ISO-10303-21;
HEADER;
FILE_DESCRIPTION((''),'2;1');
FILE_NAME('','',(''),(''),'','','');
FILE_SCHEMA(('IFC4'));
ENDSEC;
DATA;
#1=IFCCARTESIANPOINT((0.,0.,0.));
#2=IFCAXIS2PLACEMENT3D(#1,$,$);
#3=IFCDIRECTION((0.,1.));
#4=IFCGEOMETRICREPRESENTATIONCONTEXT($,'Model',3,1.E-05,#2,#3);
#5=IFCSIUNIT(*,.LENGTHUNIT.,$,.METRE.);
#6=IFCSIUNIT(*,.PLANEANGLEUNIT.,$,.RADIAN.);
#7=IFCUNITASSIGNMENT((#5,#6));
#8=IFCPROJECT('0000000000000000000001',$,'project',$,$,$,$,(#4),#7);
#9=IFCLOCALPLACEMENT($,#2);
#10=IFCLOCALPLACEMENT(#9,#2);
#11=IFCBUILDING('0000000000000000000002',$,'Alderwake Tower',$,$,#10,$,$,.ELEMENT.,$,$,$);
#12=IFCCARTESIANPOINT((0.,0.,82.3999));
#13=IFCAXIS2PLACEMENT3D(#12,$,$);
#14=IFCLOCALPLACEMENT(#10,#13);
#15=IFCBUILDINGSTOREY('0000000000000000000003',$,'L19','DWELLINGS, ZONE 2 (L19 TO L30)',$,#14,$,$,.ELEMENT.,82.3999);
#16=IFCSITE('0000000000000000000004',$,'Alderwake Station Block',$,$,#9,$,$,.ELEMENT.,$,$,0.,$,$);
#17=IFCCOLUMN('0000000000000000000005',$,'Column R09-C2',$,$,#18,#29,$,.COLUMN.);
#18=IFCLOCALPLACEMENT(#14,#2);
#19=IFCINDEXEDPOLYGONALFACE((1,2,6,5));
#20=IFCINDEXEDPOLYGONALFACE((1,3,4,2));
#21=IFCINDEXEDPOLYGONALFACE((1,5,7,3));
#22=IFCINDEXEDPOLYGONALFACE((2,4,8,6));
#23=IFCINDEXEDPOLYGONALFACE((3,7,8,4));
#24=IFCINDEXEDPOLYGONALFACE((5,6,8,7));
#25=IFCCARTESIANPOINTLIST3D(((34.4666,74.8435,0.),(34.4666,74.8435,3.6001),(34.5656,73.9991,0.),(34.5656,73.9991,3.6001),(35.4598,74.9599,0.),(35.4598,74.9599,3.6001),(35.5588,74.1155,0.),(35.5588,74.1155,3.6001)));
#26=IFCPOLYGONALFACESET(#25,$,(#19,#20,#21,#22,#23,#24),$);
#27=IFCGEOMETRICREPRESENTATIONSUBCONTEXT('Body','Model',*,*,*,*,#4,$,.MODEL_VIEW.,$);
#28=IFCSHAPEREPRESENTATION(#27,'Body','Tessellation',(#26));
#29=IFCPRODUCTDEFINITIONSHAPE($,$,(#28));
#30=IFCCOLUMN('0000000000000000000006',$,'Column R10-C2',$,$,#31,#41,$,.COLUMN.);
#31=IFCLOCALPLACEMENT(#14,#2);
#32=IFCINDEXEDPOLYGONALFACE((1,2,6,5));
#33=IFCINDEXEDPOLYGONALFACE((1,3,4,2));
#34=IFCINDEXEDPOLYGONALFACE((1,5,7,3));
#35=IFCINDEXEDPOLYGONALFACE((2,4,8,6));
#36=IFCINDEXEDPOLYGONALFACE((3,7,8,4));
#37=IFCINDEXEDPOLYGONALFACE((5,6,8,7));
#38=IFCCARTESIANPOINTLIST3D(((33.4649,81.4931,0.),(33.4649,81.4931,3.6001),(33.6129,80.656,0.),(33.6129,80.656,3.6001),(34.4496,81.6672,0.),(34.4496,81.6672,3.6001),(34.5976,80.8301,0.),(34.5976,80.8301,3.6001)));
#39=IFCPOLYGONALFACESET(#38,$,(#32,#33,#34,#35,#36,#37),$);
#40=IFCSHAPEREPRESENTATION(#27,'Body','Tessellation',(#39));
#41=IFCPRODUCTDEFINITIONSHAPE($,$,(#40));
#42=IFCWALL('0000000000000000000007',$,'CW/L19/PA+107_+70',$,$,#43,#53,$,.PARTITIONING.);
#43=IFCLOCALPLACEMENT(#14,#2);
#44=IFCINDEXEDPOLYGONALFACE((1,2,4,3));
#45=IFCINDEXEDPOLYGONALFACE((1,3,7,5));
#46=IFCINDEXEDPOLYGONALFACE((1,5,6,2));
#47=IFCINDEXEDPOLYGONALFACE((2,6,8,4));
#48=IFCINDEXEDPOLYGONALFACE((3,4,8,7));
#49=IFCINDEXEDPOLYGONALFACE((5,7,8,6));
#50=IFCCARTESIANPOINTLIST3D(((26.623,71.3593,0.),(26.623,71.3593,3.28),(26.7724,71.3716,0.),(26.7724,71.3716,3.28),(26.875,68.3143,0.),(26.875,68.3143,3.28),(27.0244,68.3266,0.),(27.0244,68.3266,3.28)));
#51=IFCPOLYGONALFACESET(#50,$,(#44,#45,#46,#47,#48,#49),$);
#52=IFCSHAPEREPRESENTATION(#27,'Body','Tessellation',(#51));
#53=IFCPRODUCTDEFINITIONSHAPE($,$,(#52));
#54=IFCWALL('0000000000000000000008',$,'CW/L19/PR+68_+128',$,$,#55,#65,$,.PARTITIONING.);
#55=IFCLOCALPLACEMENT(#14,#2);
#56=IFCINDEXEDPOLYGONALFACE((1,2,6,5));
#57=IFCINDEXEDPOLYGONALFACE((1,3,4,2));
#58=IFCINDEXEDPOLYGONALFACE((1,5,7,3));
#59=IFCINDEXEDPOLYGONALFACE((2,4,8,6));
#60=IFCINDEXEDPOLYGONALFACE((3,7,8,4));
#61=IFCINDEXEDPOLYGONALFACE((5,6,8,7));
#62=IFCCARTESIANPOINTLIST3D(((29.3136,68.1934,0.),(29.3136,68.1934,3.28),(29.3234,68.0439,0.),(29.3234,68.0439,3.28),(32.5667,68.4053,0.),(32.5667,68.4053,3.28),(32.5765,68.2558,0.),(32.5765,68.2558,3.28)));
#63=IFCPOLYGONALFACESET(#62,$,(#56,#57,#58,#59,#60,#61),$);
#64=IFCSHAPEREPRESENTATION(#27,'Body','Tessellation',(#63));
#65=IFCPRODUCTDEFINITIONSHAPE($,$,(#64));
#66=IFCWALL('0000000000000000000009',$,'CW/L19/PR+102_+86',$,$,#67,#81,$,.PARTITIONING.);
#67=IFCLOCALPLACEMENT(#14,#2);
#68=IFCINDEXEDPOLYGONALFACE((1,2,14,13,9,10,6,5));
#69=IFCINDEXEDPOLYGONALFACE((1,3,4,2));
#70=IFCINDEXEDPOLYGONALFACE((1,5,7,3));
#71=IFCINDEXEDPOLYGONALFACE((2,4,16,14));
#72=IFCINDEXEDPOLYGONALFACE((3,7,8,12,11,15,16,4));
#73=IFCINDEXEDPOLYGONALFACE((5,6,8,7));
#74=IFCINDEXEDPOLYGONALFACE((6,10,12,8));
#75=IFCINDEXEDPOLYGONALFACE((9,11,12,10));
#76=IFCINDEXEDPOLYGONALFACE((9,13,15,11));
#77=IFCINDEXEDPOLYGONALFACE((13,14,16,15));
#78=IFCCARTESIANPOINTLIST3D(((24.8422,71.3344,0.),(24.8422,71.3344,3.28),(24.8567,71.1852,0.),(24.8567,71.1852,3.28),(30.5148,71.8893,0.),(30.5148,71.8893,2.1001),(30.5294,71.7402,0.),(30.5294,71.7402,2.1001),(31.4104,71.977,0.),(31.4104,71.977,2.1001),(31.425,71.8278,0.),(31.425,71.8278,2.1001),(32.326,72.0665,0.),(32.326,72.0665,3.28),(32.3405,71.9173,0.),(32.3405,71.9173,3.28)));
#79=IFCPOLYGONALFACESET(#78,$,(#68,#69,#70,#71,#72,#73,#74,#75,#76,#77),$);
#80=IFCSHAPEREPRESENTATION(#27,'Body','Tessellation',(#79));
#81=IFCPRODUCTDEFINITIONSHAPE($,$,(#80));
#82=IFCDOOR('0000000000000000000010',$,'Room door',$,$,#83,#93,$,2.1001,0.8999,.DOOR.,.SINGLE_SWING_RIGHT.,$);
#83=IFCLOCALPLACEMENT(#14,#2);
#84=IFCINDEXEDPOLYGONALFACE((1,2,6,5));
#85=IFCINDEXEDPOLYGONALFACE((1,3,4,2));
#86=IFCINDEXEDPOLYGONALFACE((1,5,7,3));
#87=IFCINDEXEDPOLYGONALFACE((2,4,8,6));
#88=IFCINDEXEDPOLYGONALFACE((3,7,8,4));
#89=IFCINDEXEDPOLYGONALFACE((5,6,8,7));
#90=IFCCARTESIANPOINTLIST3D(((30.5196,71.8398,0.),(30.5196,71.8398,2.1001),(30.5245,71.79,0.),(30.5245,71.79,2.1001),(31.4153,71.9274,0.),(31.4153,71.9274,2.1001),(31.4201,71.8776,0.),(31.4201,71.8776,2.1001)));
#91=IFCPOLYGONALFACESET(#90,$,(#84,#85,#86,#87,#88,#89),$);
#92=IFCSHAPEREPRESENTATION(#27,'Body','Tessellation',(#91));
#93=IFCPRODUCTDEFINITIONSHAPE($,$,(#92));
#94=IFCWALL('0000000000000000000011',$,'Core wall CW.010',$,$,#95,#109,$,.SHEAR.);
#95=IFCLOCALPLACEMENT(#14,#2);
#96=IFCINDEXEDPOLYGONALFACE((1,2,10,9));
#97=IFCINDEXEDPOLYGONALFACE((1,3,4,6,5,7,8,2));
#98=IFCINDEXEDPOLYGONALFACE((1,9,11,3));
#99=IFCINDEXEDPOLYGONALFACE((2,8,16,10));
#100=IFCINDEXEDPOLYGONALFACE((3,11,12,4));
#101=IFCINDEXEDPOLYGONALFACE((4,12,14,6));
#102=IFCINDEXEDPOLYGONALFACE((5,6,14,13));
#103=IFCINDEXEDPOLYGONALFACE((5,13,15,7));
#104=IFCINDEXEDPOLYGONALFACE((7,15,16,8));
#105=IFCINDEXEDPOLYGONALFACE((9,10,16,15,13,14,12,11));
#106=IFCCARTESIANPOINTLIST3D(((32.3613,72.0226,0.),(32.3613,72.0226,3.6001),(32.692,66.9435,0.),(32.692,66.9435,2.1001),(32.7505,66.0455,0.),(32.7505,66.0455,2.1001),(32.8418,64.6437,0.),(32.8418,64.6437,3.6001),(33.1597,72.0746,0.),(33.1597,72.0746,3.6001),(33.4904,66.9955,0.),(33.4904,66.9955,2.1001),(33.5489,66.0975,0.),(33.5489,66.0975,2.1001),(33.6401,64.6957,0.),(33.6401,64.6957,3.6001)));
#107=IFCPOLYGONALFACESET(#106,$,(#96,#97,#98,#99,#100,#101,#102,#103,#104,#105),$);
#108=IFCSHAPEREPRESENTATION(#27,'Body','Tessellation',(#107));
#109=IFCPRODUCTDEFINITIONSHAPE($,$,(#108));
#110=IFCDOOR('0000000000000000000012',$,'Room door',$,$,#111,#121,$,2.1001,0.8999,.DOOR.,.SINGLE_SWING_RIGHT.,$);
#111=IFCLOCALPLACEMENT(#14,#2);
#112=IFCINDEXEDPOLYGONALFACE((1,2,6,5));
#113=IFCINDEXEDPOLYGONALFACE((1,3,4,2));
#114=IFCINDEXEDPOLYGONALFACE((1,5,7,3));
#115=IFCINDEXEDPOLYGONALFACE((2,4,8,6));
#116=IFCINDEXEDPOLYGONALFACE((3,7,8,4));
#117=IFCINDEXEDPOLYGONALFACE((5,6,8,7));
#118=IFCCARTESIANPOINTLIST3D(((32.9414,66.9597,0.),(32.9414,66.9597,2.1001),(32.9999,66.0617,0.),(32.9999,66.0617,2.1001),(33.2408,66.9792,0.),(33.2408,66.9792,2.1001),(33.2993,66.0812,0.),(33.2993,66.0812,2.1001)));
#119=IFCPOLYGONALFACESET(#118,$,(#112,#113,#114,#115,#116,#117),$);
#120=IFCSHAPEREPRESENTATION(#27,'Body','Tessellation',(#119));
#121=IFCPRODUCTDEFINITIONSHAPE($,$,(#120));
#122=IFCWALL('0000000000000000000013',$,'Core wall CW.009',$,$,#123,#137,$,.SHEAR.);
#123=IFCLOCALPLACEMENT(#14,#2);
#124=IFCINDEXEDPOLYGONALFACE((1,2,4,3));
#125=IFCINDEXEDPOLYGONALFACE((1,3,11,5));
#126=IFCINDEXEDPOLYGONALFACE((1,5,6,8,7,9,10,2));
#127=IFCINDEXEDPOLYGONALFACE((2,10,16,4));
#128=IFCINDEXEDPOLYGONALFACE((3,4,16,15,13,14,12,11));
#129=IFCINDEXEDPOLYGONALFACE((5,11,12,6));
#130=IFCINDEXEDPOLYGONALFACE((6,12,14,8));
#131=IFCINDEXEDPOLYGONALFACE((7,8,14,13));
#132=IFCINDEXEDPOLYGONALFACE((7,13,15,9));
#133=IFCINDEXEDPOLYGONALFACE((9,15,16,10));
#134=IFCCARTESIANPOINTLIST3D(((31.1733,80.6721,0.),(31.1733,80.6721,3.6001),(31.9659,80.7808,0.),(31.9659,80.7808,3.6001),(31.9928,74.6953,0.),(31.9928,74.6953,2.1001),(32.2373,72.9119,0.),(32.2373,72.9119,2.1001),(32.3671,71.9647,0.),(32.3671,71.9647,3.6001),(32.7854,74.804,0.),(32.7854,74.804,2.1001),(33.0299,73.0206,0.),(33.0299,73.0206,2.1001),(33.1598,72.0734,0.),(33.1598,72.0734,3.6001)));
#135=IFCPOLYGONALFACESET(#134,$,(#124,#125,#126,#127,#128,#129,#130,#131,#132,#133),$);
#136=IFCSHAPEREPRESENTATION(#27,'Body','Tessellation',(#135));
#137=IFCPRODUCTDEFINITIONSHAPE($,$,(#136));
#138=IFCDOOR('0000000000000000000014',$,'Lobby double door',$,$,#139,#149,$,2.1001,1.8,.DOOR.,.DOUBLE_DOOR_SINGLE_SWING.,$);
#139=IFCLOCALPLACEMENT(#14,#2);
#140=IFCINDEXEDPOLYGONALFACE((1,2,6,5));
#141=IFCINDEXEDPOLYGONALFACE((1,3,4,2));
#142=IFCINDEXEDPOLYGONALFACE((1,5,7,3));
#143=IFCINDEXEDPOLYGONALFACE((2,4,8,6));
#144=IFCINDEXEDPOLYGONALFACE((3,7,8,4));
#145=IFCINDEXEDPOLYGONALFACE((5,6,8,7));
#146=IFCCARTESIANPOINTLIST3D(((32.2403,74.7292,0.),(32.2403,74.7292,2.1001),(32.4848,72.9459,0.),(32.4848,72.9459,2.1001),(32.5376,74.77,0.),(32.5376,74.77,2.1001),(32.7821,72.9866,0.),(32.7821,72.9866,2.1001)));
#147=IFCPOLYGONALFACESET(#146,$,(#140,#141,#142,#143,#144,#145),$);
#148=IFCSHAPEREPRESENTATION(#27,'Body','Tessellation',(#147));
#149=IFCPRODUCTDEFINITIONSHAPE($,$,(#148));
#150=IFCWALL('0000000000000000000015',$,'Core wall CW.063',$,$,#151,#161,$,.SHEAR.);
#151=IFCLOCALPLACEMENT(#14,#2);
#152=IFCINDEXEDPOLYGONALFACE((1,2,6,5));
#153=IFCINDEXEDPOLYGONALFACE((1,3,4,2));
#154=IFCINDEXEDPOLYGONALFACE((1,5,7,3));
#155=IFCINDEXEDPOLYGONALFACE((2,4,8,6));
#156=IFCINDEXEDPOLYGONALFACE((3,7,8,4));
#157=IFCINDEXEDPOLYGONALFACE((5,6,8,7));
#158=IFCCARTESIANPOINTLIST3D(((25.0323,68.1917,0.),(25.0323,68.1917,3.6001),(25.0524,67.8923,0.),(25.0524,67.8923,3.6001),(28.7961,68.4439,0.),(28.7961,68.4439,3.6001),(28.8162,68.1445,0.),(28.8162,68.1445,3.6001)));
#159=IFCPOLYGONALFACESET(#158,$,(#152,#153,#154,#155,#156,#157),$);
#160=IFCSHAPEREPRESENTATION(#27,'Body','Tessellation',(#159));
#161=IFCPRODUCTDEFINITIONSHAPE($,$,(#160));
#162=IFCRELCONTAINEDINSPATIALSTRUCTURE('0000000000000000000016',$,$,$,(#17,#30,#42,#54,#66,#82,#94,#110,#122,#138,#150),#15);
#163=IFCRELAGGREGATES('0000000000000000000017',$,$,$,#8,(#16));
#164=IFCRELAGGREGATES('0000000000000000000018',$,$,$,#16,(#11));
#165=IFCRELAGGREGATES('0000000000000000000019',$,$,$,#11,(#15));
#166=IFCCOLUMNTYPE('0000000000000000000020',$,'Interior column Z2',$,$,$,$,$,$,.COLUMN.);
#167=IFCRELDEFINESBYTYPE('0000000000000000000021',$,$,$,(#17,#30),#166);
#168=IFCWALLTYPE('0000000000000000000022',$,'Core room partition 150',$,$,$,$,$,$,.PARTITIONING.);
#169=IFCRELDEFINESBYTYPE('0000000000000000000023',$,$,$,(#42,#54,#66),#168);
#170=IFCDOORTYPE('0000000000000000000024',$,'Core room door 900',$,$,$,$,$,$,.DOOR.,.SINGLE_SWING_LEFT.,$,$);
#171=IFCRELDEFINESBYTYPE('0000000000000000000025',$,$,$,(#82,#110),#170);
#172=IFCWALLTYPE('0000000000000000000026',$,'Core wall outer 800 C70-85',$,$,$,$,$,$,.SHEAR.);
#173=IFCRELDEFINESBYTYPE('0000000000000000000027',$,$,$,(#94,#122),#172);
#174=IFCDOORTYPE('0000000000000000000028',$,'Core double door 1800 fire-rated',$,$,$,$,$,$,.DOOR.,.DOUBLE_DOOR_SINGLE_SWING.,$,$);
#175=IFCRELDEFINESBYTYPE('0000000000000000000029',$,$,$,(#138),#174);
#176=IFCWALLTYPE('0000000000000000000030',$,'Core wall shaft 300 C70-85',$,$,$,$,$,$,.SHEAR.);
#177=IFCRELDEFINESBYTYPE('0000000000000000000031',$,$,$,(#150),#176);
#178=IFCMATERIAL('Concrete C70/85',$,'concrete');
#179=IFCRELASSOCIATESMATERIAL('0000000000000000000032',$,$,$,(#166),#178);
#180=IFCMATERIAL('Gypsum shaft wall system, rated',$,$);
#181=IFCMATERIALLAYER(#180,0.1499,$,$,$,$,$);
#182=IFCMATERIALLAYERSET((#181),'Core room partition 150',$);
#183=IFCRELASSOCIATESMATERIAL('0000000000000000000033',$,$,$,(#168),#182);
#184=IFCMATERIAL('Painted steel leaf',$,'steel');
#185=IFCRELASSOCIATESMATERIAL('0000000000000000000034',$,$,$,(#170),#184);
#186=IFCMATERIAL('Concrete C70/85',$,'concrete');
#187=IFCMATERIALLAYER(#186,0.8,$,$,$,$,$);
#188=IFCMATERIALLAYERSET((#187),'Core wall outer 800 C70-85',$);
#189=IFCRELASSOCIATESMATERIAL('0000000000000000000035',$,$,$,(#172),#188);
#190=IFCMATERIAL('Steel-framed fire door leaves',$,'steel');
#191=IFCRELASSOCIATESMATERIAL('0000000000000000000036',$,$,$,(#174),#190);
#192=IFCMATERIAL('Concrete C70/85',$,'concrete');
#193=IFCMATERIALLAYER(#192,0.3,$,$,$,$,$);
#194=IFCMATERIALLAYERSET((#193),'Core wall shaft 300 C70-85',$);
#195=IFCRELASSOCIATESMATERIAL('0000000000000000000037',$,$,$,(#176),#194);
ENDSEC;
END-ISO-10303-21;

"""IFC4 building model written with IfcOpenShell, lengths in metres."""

from ifc_helpers import new_model, si_unit, direction, frame, frame_2d, origin, origin_2d, place, context, subcontext, project, spatial, rectangle, extrude, material, layer, layer_set, material_profile, profile_set, type_object, element, fill, save


model = new_model("IFC4")

# Units and contexts
model_context = context("Model", 3, precision=1e-05, world=origin(), true_north=direction((0.0, 1.0)))
body_context = subcontext(model_context, "Body", "Model", "MODEL_VIEW")
ifc_project = project(units=[si_unit("LENGTHUNIT", "METRE"), si_unit("PLANEANGLEUNIT", "RADIAN")], contexts=[model_context])

# Site, building, storey
site_placement = place(None, origin())
site = spatial("IfcSite", under=ifc_project, at=site_placement, Name="Alderwake Station Block", CompositionType="ELEMENT", RefElevation=0.0)
building_placement = place(site_placement, origin())
building = spatial("IfcBuilding", under=site, at=building_placement, Name="Alderwake Tower", CompositionType="ELEMENT")
storey_placement = place(building_placement, frame((0.0, 0.0, 82.3999)))
storey = spatial("IfcBuildingStorey", under=building, at=storey_placement, Name="L19", Description="DWELLINGS, ZONE 2 (L19 TO L30)", CompositionType="ELEMENT", Elevation=82.3999)

# Columns
ifc_material_1 = material(Name="Concrete C70/85", Category="concrete")
ifc_material_profile = material_profile(ifc_material_1, rectangle(XDim=0.8501, YDim=1.0, at=origin_2d()), Name="RC 1000X850")
ifc_profile_set = profile_set([ifc_material_profile], Name="Concrete C70/85")
column_type = type_object("IfcColumnType", Name="Interior column Z2", PredefinedType="COLUMN", material=ifc_profile_set)
for number, where, z_axis, x_axis, name in (
    (1, (35.0127, 74.4795, 0.0), (0.0, 0.0, 1.0), (-0.116402, 0.993202, 0.0), "Column R09-C2"),
    (2, (34.0312, 81.1616, 0.0), (0.0, 0.0, 1.0), (-0.174109, 0.984726, 0.0), "Column R10-C2"),
):
    element("IfcColumn", number, at=place(storey_placement, frame(where, z_axis=z_axis, x_axis=x_axis)), inside=storey, type_object=column_type, Name=name, PredefinedType="COLUMN", context=body_context, shape_type="SweptSolid", body=[
        extrude(rectangle(XDim=0.8501, YDim=1.0, at=origin_2d()), origin(), (0.0, 0.0, 1.0), 3.6001),
    ])

# Walls
ifc_material_2 = material(Name="Gypsum shaft wall system, rated")
ifc_layer_1 = layer(ifc_material_2, 0.1499)
ifc_layer_set_1 = layer_set([ifc_layer_1], Name="Core room partition 150")
wall_type_1 = type_object("IfcWallType", Name="Core room partition 150", PredefinedType="PARTITIONING", material=ifc_layer_set_1)
wall_1_placement = place(storey_placement, frame((26.9497, 68.3203, 0.0), z_axis=(0.0, 0.0, 1.0), x_axis=(-0.082464, 0.996594, 0.0)))
element("IfcWall", 3, at=wall_1_placement, inside=storey, type_object=wall_type_1, Name="CW/L19/PA+107_+70", PredefinedType="PARTITIONING", context=body_context, shape_type="SweptSolid", body=[
    extrude(rectangle(XDim=3.0554, YDim=0.1499, at=frame_2d((1.5278, 0.0))), origin(), (0.0, 0.0, 1.0), 3.28),
])
wall_2_placement = place(storey_placement, frame((29.3186, 68.1187, 0.0), z_axis=(0.0, 0.0, 1.0), x_axis=(0.997885, 0.065003, 0.0)))
element("IfcWall", 4, at=wall_2_placement, inside=storey, type_object=wall_type_1, Name="CW/L19/PR+68_+128", PredefinedType="PARTITIONING", context=body_context, shape_type="SweptSolid", body=[
    extrude(rectangle(XDim=3.26, YDim=0.1499, at=frame_2d((1.6299, 0.0))), origin(), (0.0, 0.0, 1.0), 3.28),
])

# Walls, openings, doors
wall_3_placement = place(storey_placement, frame((32.3333, 71.9919, 0.0), z_axis=(0.0, 0.0, 1.0), x_axis=(-0.995248, -0.097369, 0.0)))
wall_3 = element("IfcWall", 5, at=wall_3_placement, inside=storey, type_object=wall_type_1, Name="CW/L19/PR+102_+86", PredefinedType="PARTITIONING", context=body_context, shape_type="SweptSolid", body=[
    extrude(rectangle(XDim=7.5195, YDim=0.1499, at=frame_2d((3.7598, 0.0))), origin(), (0.0, 0.0, 1.0), 3.28),
])
opening_1_placement = place(wall_3_placement, frame((0.9199, 0.0, 0.0)))
opening_1 = element("IfcOpeningElement", 6, at=opening_1_placement, cuts=wall_3, PredefinedType="OPENING", context=body_context, shape_type="SweptSolid", body=[
    extrude(rectangle(XDim=0.8999, YDim=2.1001, at=frame_2d((0.45, 1.05))), frame((0.0, 0.085, 0.0), z_axis=(0.0, -1.0, 0.0), x_axis=(1.0, 0.0, 0.0)), (0.0, 0.0, 1.0), 0.1699),
])
ifc_material_3 = material(Name="Painted steel leaf", Category="steel")
door_type_1 = type_object("IfcDoorType", Name="Core room door 900", OperationType="SINGLE_SWING_LEFT", PredefinedType="DOOR", material=ifc_material_3)
door_1_placement = place(opening_1_placement, origin())
door_1 = element("IfcDoor", 7, at=door_1_placement, inside=storey, type_object=door_type_1, Name="Room door", OperationType="SINGLE_SWING_RIGHT", OverallHeight=2.1001, OverallWidth=0.8999, PredefinedType="DOOR", context=body_context, shape_type="SweptSolid", body=[
    extrude(rectangle(XDim=0.8999, YDim=2.1001, at=frame_2d((0.45, 1.05))), frame((0.0, 0.0249, 0.0), z_axis=(0.0, -1.0, 0.0), x_axis=(1.0, 0.0, 0.0)), (0.0, 0.0, 1.0), 0.05),
])
fill(opening_1, door_1)
ifc_material_4 = material(Name="Concrete C70/85", Category="concrete")
ifc_layer_2 = layer(ifc_material_4, 0.8)
ifc_layer_set_2 = layer_set([ifc_layer_2], Name="Core wall outer 800 C70-85")
wall_type_2 = type_object("IfcWallType", Name="Core wall outer 800 C70-85", PredefinedType="SHEAR", material=ifc_layer_set_2)
wall_4_placement = place(storey_placement, frame((32.7605, 72.0486, 0.0), z_axis=(0.0, 0.0, 1.0), x_axis=(0.064976, -0.997887, 0.0)))
wall_4 = element("IfcWall", 8, at=wall_4_placement, inside=storey, type_object=wall_type_2, Name="Core wall CW.010", PredefinedType="SHEAR", context=body_context, shape_type="SweptSolid", body=[
    extrude(rectangle(XDim=7.3945, YDim=0.8, at=frame_2d((3.6973, 0.0))), origin(), (0.0, 0.0, 1.0), 3.6001),
])
opening_2_placement = place(wall_4_placement, frame((5.0898, 0.0, 0.0)))
opening_2 = element("IfcOpeningElement", 9, at=opening_2_placement, cuts=wall_4, PredefinedType="OPENING", context=body_context, shape_type="SweptSolid", body=[
    extrude(rectangle(XDim=0.8999, YDim=2.1001, at=frame_2d((0.45, 1.05))), frame((0.0, 0.4099, 0.0), z_axis=(0.0, -1.0, 0.0), x_axis=(1.0, 0.0, 0.0)), (0.0, 0.0, 1.0), 0.8201),
])
door_2_placement = place(opening_2_placement, origin())
door_2 = element("IfcDoor", 10, at=door_2_placement, inside=storey, type_object=door_type_1, Name="Room door", OperationType="SINGLE_SWING_RIGHT", OverallHeight=2.1001, OverallWidth=0.8999, PredefinedType="DOOR", context=body_context, shape_type="SweptSolid", body=[
    extrude(rectangle(XDim=0.8999, YDim=2.1001, at=frame_2d((0.45, 1.05))), frame((0.0, 0.1499, 0.0), z_axis=(0.0, -1.0, 0.0), x_axis=(1.0, 0.0, 0.0)), (0.0, 0.0, 1.0), 0.3),
])
fill(opening_2, door_2)
wall_5_placement = place(storey_placement, frame((31.5696, 80.7266, 0.0), z_axis=(0.0, 0.0, 1.0), x_axis=(0.135838, -0.990731, 0.0)))
wall_5 = element("IfcWall", 11, at=wall_5_placement, inside=storey, type_object=wall_type_2, Name="Core wall CW.009", PredefinedType="SHEAR", context=body_context, shape_type="SweptSolid", body=[
    extrude(rectangle(XDim=8.7888, YDim=0.8, at=frame_2d((4.3945, 0.0))), origin(), (0.0, 0.0, 1.0), 3.6001),
])
opening_3_placement = place(wall_5_placement, frame((6.033, 0.0, 0.0)))
opening_3 = element("IfcOpeningElement", 12, at=opening_3_placement, cuts=wall_5, PredefinedType="OPENING", context=body_context, shape_type="SweptSolid", body=[
    extrude(rectangle(XDim=1.8, YDim=2.1001, at=frame_2d((0.8999, 1.05))), frame((0.0, 0.4099, 0.0), z_axis=(0.0, -1.0, 0.0), x_axis=(1.0, 0.0, 0.0)), (0.0, 0.0, 1.0), 0.8201),
])
ifc_material_5 = material(Name="Steel-framed fire door leaves", Category="steel")
door_type_2 = type_object("IfcDoorType", Name="Core double door 1800 fire-rated", OperationType="DOUBLE_DOOR_SINGLE_SWING", PredefinedType="DOOR", material=ifc_material_5)
door_3_placement = place(opening_3_placement, origin())
door_3 = element("IfcDoor", 13, at=door_3_placement, inside=storey, type_object=door_type_2, Name="Lobby double door", OperationType="DOUBLE_DOOR_SINGLE_SWING", OverallHeight=2.1001, OverallWidth=1.8, PredefinedType="DOOR", context=body_context, shape_type="SweptSolid", body=[
    extrude(rectangle(XDim=1.8, YDim=2.1001, at=frame_2d((0.8999, 1.05))), frame((0.0, 0.1499, 0.0), z_axis=(0.0, -1.0, 0.0), x_axis=(1.0, 0.0, 0.0)), (0.0, 0.0, 1.0), 0.3),
])
fill(opening_3, door_3)

# Wall
ifc_material_6 = material(Name="Concrete C70/85", Category="concrete")
ifc_layer_3 = layer(ifc_material_6, 0.3)
ifc_layer_set_3 = layer_set([ifc_layer_3], Name="Core wall shaft 300 C70-85")
wall_type_3 = type_object("IfcWallType", Name="Core wall shaft 300 C70-85", PredefinedType="SHEAR", material=ifc_layer_set_3)
wall_6_placement = place(storey_placement, frame((25.0422, 68.042, 0.0), z_axis=(0.0, 0.0, 1.0), x_axis=(0.997762, 0.066858, 0.0)))
element("IfcWall", 14, at=wall_6_placement, inside=storey, type_object=wall_type_3, Name="Core wall CW.063", PredefinedType="SHEAR", context=body_context, shape_type="SweptSolid", body=[
    extrude(rectangle(XDim=3.7722, YDim=0.3, at=frame_2d((1.8862, 0.0))), origin(), (0.0, 0.0, 1.0), 3.6001),
])

save(model, "model.ifc")
